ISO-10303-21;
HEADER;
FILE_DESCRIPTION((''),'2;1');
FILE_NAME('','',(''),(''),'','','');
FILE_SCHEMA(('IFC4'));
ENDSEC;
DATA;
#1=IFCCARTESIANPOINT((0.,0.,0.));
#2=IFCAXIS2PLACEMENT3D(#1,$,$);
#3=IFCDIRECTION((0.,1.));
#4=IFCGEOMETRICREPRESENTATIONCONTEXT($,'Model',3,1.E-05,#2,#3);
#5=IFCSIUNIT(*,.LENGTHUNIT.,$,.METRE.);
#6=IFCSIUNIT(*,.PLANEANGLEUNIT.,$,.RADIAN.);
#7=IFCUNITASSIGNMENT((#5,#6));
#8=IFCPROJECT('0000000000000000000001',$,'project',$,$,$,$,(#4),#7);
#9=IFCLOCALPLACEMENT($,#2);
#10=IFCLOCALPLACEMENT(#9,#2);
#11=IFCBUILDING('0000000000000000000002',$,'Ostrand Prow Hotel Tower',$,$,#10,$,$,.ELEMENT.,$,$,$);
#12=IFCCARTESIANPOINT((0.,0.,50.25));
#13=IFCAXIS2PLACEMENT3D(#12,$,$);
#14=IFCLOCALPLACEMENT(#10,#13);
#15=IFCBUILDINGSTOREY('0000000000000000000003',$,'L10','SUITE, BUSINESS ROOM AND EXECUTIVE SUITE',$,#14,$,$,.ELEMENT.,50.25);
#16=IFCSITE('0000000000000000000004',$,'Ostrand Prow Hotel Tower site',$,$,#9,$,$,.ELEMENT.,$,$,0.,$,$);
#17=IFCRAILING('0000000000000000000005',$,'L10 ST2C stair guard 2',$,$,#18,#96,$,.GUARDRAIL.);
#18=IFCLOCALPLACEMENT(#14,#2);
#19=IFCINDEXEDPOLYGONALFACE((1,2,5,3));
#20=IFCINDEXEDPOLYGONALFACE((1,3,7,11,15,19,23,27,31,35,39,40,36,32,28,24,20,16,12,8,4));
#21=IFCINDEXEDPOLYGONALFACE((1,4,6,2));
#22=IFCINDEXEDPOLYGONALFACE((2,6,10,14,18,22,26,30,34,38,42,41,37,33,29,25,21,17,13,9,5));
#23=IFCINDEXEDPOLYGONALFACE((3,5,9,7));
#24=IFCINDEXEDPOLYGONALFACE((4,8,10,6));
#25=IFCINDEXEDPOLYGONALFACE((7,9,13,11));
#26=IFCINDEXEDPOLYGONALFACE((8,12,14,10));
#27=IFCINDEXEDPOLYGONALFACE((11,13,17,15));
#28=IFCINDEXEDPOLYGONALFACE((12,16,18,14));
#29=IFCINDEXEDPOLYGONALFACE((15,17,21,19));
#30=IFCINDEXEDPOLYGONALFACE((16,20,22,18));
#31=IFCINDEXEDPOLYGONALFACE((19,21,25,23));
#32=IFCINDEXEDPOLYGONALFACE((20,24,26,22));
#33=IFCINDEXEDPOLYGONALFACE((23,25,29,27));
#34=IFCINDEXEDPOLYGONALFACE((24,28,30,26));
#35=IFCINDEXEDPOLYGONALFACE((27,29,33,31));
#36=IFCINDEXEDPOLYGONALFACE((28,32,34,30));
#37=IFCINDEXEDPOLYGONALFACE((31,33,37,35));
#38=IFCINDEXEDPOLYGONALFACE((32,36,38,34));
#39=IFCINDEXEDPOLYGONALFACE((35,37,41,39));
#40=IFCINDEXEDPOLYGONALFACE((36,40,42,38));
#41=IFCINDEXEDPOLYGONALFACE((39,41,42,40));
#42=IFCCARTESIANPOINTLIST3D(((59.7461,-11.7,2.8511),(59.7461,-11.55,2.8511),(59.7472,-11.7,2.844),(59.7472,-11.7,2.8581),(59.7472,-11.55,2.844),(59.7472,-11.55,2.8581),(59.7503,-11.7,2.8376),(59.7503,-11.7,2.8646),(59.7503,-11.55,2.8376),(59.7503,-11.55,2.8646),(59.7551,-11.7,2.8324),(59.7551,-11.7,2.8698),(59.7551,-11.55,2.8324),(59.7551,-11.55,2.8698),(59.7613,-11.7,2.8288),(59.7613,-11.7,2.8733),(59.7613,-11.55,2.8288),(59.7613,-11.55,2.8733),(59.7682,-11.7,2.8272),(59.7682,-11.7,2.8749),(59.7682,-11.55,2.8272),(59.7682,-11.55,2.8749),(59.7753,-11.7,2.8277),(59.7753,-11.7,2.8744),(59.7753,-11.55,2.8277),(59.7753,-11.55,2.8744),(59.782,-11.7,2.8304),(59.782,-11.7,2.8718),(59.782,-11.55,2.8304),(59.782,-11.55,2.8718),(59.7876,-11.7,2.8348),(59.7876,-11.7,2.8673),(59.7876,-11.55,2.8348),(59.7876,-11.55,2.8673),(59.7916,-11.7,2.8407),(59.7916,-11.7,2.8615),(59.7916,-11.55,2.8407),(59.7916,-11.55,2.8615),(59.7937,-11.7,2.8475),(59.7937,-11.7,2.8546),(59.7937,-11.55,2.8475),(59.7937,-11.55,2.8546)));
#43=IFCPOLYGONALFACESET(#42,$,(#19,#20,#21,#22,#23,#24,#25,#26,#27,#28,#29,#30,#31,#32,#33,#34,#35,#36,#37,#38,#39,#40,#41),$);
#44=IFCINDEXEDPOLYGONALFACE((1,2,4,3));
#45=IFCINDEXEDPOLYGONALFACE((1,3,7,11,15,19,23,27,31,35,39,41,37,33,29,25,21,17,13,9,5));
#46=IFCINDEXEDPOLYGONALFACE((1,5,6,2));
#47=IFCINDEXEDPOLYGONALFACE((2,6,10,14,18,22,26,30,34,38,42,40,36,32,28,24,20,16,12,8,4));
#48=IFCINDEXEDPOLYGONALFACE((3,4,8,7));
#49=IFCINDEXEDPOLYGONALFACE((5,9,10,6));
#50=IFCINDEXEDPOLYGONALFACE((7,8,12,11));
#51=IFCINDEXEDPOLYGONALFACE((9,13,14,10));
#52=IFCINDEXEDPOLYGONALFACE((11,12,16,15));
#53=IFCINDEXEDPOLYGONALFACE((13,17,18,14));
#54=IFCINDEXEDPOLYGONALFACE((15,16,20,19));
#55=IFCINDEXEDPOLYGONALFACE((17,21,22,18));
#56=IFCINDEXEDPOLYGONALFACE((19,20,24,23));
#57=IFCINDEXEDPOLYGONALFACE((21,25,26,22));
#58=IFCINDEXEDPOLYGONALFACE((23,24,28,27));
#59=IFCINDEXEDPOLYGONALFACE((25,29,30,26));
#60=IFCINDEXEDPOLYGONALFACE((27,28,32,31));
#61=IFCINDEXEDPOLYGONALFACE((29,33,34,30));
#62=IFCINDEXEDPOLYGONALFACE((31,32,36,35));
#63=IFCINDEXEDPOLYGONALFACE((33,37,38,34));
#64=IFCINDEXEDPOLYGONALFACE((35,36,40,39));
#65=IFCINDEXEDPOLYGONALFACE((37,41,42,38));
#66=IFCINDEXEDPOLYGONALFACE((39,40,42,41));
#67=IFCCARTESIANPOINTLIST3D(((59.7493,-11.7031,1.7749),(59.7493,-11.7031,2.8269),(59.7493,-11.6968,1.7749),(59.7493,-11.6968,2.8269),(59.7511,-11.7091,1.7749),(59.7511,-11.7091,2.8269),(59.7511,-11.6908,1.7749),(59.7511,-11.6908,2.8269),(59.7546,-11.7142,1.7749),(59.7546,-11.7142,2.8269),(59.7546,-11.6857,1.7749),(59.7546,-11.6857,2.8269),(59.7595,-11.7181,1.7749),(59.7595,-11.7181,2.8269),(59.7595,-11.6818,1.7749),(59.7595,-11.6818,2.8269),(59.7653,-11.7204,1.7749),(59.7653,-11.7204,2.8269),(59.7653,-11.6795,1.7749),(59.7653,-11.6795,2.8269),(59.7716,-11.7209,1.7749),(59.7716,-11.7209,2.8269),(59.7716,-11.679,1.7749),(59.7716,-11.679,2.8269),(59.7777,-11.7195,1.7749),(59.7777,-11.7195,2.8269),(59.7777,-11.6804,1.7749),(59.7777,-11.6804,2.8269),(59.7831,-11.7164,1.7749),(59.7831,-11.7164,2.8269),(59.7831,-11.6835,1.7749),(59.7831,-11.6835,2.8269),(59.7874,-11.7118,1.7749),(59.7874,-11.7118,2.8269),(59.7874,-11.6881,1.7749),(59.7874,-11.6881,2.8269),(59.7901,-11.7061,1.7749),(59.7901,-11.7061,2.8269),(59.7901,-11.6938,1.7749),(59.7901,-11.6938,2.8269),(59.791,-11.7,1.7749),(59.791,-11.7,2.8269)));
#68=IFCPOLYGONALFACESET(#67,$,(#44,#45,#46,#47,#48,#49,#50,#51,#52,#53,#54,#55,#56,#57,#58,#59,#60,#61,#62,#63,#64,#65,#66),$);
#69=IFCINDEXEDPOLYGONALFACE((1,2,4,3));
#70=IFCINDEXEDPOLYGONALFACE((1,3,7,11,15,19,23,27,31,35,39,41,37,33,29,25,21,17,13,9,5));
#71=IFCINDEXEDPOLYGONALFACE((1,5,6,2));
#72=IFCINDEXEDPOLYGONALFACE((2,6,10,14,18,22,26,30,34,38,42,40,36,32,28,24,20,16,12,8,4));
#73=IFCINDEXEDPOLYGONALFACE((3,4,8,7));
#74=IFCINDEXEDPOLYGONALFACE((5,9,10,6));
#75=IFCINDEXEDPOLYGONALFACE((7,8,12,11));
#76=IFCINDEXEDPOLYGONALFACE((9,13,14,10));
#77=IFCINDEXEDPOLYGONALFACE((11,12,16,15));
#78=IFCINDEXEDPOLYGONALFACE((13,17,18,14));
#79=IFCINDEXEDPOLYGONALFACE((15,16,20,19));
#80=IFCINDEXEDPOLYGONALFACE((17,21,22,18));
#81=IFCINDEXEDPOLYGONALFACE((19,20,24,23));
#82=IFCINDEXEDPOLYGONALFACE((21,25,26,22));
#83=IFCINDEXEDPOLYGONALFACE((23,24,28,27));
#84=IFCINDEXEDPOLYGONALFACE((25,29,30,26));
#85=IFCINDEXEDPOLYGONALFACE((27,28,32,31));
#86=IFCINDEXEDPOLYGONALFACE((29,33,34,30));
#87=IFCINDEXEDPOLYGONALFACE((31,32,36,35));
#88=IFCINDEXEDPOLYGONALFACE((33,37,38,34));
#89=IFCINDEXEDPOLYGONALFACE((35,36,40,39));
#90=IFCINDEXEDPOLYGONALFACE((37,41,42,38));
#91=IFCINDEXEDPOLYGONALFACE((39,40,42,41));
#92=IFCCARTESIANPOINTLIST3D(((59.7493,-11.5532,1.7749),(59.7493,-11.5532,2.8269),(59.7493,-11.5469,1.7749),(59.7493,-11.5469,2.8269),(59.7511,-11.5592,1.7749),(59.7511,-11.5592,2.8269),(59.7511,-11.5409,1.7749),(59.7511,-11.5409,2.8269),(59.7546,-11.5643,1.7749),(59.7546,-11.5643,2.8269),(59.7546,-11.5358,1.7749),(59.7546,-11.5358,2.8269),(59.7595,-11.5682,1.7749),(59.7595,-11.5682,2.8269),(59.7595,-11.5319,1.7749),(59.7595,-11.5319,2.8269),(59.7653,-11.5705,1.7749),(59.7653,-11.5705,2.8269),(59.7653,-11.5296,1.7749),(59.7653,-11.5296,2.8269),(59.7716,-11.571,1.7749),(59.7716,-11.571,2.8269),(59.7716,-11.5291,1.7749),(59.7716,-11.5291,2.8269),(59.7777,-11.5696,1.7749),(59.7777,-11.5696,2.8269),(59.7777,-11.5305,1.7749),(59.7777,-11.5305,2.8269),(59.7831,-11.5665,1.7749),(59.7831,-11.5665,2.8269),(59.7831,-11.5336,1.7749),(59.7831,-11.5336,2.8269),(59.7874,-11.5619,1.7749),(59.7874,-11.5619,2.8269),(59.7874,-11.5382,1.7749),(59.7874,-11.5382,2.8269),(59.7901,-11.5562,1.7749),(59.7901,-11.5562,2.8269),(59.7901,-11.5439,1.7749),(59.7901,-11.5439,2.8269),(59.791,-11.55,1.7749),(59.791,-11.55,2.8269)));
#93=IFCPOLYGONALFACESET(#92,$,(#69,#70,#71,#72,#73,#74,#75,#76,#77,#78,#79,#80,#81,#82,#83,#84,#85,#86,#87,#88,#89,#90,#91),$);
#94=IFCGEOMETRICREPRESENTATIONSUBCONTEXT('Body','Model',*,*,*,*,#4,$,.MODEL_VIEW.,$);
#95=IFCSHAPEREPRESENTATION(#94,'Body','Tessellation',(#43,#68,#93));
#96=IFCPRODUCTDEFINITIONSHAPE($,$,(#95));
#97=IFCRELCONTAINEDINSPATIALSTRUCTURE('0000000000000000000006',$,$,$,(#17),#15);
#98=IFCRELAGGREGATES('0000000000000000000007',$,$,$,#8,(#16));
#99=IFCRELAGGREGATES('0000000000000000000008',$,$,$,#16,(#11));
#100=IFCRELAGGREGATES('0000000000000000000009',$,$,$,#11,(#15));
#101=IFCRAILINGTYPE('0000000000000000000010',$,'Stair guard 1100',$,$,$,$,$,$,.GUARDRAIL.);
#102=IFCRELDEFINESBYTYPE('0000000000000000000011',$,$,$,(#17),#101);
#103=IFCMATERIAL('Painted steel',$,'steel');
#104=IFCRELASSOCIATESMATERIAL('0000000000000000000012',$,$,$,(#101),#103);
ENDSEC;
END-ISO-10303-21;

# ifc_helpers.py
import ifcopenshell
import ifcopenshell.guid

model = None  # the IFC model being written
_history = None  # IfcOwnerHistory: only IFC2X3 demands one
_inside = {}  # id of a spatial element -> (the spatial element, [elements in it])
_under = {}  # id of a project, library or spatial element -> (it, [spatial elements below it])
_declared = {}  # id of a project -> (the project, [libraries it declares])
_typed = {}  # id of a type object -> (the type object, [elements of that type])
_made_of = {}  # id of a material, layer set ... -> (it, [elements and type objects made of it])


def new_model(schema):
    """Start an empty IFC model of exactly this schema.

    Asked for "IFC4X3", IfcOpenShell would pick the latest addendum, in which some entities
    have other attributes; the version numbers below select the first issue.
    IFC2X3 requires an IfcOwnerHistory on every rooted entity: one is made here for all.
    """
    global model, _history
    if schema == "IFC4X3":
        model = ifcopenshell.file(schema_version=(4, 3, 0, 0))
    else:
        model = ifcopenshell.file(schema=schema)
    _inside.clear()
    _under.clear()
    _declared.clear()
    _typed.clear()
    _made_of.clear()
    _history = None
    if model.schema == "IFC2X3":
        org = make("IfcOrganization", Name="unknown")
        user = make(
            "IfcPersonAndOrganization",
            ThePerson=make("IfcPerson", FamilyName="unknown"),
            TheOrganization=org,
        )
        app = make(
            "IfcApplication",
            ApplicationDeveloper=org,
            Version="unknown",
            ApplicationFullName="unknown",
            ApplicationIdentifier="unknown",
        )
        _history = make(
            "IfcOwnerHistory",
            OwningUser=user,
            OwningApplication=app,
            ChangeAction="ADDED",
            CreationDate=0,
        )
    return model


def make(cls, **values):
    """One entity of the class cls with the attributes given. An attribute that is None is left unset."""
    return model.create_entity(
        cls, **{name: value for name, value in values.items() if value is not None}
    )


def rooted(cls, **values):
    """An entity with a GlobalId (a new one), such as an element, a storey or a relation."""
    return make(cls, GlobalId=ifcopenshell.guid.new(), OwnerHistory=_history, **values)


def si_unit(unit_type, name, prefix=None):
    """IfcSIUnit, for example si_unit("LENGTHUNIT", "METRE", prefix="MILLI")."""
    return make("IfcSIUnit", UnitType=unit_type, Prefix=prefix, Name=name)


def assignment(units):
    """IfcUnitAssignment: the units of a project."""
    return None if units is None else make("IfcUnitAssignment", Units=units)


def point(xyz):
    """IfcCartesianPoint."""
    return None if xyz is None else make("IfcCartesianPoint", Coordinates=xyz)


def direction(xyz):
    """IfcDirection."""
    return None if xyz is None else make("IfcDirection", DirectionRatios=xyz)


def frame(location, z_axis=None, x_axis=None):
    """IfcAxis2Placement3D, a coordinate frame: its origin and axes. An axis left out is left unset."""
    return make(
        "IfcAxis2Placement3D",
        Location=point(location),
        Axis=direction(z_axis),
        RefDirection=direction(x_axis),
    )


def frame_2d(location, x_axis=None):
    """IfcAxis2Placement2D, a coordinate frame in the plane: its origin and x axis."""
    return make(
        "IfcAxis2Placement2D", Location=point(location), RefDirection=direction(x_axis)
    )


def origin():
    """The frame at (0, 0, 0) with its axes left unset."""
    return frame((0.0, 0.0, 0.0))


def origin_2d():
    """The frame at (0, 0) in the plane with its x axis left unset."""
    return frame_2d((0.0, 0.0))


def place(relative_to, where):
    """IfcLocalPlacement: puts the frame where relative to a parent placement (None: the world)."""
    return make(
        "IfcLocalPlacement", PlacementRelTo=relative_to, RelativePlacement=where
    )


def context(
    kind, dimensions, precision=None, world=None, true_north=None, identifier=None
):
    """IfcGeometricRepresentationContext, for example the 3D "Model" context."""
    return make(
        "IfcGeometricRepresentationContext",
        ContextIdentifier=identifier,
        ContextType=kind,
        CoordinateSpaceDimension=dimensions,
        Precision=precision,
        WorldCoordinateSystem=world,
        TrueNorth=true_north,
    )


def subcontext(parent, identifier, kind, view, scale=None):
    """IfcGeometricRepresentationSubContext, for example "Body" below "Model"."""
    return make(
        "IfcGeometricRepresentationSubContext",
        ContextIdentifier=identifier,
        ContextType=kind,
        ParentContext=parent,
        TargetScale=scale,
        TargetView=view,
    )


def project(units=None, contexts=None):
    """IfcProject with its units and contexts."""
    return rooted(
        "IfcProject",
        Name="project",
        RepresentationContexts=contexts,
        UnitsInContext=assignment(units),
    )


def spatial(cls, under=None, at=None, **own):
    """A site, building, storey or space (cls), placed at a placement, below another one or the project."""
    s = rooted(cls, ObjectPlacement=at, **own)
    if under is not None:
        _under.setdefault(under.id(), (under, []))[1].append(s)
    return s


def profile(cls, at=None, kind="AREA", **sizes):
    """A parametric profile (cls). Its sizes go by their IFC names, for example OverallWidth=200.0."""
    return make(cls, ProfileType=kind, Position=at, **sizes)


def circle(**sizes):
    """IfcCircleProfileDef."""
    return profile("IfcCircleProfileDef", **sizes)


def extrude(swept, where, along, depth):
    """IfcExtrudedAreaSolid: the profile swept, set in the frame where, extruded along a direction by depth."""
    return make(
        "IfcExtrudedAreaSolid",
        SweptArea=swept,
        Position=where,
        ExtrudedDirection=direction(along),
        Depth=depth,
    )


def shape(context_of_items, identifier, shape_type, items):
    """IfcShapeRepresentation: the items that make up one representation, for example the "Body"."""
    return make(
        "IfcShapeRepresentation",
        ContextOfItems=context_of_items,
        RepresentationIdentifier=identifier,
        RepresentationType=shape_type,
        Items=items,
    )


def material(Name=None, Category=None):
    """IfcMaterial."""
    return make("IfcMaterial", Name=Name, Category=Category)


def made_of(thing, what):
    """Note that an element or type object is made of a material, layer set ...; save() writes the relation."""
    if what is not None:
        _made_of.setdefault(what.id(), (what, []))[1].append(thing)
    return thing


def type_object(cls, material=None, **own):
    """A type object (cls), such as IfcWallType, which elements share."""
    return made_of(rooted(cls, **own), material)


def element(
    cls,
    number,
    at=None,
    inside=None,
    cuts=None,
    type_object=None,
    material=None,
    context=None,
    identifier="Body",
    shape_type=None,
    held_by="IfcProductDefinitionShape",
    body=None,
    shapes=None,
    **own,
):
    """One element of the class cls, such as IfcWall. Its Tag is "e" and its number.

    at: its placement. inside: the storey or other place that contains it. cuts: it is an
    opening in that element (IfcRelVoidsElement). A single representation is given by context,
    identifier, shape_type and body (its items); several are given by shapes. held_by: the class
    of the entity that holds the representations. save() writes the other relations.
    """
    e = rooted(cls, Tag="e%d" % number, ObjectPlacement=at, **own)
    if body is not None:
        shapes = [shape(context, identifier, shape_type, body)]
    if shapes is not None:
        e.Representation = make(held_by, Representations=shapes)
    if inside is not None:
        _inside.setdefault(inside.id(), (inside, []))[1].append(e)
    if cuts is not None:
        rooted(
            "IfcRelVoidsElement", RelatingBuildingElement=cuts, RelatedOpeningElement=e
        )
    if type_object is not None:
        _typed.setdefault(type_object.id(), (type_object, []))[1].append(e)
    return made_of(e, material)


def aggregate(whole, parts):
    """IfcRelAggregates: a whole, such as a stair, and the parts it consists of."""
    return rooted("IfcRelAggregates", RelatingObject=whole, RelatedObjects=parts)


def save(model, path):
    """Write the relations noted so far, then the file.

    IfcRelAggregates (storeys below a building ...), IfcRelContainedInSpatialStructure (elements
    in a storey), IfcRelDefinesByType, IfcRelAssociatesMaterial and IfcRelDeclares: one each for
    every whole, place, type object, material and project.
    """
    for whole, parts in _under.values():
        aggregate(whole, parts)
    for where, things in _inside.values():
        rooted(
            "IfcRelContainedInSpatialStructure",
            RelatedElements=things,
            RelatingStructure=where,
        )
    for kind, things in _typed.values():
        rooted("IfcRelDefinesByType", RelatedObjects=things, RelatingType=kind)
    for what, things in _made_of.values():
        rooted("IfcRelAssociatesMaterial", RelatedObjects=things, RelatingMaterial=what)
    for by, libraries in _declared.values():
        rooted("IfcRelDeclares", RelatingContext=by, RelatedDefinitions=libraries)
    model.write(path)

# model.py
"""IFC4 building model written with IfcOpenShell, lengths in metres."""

from ifc_helpers import new_model, si_unit, direction, frame, origin, origin_2d, place, context, subcontext, project, spatial, circle, extrude, material, type_object, element, save


model = new_model("IFC4")

# Units and contexts
model_context = context("Model", 3, precision=1e-05, world=origin(), true_north=direction((0.0, 1.0)))
body_context = subcontext(model_context, "Body", "Model", "MODEL_VIEW")
ifc_project = project(units=[si_unit("LENGTHUNIT", "METRE"), si_unit("PLANEANGLEUNIT", "RADIAN")], contexts=[model_context])

# Site, building, storey
site_placement = place(None, origin())
site = spatial("IfcSite", under=ifc_project, at=site_placement, Name="Ostrand Prow Hotel Tower site", CompositionType="ELEMENT", RefElevation=0.0)
building_placement = place(site_placement, origin())
building = spatial("IfcBuilding", under=site, at=building_placement, Name="Ostrand Prow Hotel Tower", CompositionType="ELEMENT")
storey_placement = place(building_placement, frame((0.0, 0.0, 50.25)))
storey = spatial("IfcBuildingStorey", under=building, at=storey_placement, Name="L10", Description="SUITE, BUSINESS ROOM AND EXECUTIVE SUITE", CompositionType="ELEMENT", Elevation=50.25)

# Railing
ifc_material_1 = material(Name="Painted steel", Category="steel")
railing_type_1 = type_object("IfcRailingType", Name="Stair guard 1100", PredefinedType="GUARDRAIL", material=ifc_material_1)
railing_1_placement = place(storey_placement, frame((59.77, -11.7, 1.7749)))
element("IfcRailing", 1, at=railing_1_placement, inside=storey, type_object=railing_type_1, Name="L10 ST2C stair guard 2", PredefinedType="GUARDRAIL", context=body_context, shape_type="SweptSolid", body=[
    extrude(circle(Radius=0.0239, at=origin_2d()), frame((0.0, 0.0, 1.0762), z_axis=(0.0, 1.0, 0.0), x_axis=(-1.0, 0.0, 0.0)), (0.0, 0.0, 1.0), 0.1499),
    extrude(circle(Radius=0.021, at=origin_2d()), origin(), (0.0, 0.0, 1.0), 1.052),
    extrude(circle(Radius=0.021, at=origin_2d()), frame((0.0, 0.1499, 0.0)), (0.0, 0.0, 1.0), 1.052),
])

save(model, "model.ifc")
